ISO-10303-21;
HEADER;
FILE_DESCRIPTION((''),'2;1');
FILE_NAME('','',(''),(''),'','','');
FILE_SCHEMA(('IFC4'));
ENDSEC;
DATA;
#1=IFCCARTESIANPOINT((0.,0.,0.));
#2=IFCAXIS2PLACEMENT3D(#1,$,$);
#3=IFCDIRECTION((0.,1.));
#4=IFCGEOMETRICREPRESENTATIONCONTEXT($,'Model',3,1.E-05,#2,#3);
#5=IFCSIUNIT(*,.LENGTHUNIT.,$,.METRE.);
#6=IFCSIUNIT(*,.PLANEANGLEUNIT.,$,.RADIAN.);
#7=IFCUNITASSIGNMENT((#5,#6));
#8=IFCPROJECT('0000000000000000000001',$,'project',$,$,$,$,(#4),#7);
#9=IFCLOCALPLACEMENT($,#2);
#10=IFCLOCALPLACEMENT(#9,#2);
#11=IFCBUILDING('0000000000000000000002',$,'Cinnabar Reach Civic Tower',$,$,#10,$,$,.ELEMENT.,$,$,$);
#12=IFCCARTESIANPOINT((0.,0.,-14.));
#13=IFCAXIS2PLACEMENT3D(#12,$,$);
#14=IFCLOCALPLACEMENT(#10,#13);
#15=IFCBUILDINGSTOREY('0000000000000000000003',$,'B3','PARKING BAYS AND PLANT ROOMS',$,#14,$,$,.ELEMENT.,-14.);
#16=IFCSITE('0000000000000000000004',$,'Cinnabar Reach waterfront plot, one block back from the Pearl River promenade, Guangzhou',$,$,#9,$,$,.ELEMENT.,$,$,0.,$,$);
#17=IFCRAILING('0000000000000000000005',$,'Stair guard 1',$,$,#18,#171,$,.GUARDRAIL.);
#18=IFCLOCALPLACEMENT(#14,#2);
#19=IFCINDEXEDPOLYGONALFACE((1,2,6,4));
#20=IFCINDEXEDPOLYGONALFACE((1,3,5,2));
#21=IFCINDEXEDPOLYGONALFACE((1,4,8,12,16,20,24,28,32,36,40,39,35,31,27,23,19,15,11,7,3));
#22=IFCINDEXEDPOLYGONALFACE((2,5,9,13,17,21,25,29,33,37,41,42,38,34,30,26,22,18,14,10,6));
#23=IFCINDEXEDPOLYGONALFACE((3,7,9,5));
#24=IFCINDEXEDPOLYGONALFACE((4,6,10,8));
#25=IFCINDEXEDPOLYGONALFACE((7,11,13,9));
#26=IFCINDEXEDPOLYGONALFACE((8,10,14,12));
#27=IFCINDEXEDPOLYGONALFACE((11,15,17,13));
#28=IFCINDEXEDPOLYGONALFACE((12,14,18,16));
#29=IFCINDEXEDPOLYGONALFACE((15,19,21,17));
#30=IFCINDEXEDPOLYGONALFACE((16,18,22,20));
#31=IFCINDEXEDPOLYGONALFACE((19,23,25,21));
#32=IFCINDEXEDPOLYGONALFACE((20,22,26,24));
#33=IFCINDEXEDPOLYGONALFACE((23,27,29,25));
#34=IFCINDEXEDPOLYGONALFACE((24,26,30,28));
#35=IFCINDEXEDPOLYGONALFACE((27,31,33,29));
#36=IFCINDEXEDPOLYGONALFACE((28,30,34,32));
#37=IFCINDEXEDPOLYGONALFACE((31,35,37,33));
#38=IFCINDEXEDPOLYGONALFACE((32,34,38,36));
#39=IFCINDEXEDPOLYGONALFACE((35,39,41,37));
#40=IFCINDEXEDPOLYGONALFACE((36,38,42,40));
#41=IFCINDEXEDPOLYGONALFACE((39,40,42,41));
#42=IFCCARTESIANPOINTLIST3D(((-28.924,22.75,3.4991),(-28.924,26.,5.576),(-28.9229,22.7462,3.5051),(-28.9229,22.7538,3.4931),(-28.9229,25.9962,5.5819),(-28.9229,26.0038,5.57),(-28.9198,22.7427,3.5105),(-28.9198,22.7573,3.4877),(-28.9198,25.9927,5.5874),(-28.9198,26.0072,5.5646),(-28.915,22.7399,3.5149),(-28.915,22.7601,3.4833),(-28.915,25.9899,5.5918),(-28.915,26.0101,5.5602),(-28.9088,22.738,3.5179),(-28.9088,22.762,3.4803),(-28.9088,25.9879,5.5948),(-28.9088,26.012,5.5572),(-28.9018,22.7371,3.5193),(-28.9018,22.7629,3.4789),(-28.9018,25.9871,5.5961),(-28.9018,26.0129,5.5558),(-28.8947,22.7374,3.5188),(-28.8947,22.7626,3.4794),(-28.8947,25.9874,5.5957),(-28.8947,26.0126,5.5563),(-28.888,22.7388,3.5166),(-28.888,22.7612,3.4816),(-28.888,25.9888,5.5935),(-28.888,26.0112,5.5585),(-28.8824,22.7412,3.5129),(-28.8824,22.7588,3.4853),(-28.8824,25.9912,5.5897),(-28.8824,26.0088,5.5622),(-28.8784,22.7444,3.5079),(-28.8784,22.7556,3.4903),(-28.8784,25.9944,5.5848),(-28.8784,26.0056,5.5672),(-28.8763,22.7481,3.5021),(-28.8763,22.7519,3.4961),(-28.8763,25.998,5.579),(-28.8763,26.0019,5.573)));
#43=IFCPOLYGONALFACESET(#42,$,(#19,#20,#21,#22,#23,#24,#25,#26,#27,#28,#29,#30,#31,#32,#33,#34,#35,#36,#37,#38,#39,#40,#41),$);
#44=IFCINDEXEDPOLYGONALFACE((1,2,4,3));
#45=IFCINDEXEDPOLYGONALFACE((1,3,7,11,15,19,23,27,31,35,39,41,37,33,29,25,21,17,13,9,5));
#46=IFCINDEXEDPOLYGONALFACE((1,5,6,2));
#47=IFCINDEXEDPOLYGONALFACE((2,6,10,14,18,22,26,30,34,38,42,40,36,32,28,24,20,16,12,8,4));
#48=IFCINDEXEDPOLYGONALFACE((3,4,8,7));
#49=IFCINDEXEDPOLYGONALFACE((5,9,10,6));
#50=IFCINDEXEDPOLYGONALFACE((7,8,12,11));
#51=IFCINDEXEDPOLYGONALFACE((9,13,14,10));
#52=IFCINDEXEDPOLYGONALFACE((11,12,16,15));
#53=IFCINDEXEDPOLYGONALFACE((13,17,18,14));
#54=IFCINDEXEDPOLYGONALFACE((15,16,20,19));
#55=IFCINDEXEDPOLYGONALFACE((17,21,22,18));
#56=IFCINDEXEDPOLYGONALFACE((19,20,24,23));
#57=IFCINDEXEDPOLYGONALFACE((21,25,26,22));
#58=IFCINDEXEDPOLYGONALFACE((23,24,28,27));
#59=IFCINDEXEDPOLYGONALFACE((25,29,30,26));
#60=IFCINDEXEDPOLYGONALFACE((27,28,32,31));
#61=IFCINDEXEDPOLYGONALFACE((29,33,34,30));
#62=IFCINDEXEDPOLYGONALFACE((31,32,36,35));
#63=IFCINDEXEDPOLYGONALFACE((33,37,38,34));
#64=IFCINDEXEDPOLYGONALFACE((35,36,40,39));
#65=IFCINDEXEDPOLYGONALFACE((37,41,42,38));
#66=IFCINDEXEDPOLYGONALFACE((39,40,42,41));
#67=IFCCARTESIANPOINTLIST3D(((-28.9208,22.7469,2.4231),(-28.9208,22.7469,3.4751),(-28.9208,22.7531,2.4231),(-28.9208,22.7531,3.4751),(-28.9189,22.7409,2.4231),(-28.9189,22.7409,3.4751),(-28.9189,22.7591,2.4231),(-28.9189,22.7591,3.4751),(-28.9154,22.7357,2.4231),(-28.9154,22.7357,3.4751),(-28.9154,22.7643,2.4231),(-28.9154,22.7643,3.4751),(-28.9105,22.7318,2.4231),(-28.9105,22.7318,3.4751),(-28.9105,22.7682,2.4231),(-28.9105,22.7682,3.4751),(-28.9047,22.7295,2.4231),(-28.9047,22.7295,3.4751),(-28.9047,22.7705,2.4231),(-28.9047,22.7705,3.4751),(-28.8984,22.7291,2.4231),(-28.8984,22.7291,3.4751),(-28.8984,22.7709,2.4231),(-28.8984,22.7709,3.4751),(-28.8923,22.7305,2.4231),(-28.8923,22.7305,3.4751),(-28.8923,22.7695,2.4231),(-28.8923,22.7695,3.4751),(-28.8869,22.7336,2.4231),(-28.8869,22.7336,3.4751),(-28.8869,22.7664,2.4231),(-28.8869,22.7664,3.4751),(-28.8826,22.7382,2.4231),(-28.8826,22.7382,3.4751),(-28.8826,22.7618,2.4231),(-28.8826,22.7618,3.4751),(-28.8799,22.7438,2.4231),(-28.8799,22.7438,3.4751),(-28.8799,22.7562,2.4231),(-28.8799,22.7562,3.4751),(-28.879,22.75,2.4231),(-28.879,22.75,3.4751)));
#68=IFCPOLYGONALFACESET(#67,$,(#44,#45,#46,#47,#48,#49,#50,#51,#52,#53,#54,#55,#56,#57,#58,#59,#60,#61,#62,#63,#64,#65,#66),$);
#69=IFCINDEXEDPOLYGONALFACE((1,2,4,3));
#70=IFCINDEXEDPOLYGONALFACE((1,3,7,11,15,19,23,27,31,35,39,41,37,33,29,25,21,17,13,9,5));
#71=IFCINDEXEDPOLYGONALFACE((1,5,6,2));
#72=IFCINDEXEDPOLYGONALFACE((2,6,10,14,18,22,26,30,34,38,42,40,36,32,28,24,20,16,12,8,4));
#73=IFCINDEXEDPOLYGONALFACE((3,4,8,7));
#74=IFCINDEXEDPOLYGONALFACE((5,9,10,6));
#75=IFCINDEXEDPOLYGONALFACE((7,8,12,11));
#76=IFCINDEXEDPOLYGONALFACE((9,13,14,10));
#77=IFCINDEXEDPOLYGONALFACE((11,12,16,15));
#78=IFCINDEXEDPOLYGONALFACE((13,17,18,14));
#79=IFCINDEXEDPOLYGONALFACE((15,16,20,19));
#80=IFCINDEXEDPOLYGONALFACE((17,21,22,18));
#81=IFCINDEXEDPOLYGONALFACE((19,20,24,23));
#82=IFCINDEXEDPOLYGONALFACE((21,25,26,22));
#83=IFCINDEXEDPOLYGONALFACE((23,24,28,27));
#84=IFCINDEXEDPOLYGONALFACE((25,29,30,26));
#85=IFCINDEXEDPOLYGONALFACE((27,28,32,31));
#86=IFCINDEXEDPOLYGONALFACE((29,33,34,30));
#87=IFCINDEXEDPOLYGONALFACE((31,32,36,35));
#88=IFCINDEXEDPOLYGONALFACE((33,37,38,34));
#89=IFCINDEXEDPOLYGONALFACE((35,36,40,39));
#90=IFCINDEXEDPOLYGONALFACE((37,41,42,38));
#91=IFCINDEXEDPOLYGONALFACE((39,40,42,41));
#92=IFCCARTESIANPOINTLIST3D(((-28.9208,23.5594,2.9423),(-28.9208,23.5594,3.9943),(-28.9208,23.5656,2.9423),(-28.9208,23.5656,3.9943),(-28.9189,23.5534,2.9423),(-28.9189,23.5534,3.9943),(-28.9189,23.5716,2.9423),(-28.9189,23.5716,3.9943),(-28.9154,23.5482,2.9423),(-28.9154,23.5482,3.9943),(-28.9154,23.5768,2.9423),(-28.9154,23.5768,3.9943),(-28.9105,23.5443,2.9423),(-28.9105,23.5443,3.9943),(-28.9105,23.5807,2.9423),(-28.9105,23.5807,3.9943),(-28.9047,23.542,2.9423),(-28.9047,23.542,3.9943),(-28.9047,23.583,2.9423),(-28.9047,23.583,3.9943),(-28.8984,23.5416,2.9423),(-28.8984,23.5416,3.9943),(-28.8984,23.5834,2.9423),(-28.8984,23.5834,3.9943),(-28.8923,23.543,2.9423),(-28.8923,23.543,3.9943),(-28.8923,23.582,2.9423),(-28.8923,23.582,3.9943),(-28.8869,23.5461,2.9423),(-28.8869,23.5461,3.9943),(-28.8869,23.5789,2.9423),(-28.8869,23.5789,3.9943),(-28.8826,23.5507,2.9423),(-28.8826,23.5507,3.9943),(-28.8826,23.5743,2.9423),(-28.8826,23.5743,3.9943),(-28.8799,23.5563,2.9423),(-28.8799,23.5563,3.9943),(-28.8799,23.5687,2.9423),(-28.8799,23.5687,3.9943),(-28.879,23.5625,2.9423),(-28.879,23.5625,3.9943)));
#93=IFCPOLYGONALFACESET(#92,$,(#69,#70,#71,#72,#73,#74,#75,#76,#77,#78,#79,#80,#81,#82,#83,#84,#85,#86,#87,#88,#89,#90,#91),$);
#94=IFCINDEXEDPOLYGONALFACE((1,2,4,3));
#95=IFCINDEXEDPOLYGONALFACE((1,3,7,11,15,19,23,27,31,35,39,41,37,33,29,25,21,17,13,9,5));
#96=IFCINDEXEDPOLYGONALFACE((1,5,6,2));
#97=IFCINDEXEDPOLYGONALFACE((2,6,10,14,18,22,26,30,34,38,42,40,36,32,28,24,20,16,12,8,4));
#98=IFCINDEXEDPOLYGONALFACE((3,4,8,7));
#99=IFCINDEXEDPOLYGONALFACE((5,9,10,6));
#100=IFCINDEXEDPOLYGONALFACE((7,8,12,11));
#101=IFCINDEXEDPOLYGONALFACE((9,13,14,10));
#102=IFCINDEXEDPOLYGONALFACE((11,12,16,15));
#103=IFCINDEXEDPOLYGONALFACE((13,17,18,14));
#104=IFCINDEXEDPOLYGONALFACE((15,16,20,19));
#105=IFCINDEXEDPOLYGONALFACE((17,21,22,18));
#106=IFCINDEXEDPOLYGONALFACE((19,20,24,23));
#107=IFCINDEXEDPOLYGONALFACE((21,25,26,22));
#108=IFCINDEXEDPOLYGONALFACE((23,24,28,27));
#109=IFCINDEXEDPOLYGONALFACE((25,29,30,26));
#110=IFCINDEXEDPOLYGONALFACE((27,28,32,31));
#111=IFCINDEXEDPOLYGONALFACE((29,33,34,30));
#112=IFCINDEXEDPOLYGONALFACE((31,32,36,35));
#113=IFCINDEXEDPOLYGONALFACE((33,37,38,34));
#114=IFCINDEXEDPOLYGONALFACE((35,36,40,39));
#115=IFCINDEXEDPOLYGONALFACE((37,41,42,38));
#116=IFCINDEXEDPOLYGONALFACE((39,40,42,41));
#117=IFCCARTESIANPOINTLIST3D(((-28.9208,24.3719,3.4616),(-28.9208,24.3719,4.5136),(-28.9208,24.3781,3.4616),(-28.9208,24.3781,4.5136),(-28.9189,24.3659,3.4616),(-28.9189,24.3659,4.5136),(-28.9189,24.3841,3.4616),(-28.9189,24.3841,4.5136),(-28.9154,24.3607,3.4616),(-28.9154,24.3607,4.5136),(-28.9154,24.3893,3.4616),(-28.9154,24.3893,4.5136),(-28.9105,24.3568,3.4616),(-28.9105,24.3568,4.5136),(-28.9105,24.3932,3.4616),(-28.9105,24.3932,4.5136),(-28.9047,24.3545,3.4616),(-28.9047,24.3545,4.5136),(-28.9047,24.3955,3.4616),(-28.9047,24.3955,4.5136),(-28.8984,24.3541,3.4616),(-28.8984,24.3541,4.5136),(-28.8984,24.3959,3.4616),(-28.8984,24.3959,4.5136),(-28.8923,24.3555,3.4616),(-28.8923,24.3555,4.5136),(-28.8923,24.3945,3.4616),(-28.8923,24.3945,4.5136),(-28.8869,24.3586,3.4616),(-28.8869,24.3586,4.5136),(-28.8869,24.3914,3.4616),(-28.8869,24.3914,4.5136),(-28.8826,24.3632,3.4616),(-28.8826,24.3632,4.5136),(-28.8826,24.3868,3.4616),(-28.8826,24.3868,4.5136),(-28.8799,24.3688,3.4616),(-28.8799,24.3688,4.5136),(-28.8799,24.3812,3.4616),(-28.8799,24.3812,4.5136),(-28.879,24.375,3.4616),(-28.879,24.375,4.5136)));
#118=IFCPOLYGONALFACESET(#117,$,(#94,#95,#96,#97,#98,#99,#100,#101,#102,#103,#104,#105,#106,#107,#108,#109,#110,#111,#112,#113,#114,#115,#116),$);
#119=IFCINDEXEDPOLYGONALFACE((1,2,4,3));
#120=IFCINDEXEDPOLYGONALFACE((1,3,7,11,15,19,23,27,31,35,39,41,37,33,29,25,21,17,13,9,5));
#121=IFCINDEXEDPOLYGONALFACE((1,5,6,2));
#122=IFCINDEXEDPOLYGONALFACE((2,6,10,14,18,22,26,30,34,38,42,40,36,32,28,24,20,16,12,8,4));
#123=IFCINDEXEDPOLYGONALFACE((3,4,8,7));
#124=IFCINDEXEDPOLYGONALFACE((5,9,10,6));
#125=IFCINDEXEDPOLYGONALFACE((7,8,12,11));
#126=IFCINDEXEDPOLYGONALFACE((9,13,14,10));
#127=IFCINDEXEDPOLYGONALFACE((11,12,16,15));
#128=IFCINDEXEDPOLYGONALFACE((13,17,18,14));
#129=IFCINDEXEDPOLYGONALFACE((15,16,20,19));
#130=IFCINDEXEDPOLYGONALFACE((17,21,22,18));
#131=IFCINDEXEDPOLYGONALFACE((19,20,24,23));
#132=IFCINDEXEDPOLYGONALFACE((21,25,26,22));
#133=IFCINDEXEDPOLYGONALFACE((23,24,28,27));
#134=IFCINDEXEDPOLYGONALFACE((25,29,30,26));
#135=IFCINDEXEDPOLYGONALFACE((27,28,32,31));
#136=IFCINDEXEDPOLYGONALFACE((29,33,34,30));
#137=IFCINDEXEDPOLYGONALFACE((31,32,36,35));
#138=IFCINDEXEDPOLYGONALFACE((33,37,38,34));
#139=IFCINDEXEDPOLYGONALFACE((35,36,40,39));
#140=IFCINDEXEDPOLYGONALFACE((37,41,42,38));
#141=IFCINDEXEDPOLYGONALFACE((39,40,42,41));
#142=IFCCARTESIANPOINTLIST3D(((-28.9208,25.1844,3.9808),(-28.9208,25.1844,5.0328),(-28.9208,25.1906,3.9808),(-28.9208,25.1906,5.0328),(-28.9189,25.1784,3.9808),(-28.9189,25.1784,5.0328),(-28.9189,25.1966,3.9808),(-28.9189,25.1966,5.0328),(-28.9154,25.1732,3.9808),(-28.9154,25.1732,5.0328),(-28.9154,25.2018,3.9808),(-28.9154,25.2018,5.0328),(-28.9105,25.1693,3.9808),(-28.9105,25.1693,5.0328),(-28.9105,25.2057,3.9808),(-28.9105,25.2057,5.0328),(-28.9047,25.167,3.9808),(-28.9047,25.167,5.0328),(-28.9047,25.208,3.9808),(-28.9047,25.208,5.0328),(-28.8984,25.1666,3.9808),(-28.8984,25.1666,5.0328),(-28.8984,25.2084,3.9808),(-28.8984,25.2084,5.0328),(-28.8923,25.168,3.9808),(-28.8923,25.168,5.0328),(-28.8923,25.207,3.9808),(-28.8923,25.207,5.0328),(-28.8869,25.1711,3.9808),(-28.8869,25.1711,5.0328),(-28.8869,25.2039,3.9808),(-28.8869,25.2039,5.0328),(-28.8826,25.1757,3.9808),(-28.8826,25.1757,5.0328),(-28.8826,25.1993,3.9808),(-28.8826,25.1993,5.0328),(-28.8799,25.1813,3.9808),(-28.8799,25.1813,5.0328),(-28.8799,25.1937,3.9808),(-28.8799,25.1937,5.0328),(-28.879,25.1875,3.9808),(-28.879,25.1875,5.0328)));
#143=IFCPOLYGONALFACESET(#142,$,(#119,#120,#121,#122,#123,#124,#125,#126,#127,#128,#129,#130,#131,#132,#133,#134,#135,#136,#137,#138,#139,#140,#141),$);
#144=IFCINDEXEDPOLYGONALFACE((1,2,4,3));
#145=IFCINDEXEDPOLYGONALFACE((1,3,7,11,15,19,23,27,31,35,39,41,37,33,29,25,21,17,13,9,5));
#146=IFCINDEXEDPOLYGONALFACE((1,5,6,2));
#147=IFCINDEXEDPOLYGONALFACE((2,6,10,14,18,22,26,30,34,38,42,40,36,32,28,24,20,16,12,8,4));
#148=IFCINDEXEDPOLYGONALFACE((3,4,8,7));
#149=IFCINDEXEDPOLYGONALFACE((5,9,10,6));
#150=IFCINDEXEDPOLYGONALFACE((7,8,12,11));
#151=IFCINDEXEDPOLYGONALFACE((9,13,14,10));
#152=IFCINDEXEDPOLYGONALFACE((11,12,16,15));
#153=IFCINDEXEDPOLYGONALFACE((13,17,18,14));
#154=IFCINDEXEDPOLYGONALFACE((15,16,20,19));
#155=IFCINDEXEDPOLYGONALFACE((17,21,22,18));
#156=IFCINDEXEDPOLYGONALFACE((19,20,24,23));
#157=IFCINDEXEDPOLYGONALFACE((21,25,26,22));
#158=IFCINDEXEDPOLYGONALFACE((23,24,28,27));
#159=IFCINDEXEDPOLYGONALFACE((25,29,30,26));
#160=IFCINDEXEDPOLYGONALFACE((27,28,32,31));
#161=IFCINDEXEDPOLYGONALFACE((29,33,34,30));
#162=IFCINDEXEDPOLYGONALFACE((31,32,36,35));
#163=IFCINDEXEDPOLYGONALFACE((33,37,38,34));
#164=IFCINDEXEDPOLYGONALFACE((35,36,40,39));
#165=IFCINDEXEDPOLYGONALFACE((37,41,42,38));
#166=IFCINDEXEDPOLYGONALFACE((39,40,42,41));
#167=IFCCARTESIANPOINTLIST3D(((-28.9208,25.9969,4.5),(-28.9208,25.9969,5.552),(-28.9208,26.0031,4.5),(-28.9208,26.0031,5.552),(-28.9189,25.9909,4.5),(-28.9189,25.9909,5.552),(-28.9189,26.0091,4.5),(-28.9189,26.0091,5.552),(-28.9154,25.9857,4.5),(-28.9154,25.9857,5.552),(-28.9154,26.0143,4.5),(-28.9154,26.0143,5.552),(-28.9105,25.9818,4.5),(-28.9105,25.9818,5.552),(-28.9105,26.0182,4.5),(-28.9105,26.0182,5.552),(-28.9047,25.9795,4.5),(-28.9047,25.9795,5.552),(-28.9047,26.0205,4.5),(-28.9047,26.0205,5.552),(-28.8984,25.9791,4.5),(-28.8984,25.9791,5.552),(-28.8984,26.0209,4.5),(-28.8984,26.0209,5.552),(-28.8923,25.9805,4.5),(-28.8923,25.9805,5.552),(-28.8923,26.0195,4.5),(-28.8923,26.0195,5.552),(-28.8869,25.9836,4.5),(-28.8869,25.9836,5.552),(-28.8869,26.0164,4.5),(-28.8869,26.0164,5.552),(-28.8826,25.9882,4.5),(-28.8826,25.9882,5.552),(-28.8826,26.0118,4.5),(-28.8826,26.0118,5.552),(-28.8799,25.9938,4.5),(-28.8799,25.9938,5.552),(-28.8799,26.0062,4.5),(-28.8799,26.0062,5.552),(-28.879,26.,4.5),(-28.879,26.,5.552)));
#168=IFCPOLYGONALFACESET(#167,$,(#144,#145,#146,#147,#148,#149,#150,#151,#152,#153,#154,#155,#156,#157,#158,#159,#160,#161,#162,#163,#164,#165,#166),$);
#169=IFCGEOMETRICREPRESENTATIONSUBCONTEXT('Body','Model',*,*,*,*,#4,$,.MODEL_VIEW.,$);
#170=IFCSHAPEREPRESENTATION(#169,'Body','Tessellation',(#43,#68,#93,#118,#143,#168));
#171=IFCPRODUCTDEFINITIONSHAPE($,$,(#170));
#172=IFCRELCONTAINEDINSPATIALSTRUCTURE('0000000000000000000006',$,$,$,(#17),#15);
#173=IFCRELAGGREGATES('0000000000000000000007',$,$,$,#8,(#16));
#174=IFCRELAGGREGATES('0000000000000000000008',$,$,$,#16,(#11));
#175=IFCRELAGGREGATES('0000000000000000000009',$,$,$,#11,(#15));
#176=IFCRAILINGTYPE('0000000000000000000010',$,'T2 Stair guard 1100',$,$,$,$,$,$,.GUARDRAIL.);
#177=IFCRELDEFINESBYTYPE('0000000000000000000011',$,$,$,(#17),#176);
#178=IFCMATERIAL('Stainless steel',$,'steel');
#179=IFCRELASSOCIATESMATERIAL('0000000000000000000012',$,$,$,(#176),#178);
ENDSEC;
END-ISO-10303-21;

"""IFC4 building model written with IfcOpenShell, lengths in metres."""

from ifc_helpers import new_model, si_unit, direction, frame, origin, origin_2d, place, context, subcontext, project, spatial, circle, extrude, material, type_object, element, save


model = new_model("IFC4")

# Units and contexts
model_context = context("Model", 3, precision=1e-05, world=origin(), true_north=direction((0.0, 1.0)))
body_context = subcontext(model_context, "Body", "Model", "MODEL_VIEW")
ifc_project = project(units=[si_unit("LENGTHUNIT", "METRE"), si_unit("PLANEANGLEUNIT", "RADIAN")], contexts=[model_context])

# Site, building, storey
site_placement = place(None, origin())
site = spatial("IfcSite", under=ifc_project, at=site_placement, Name="Cinnabar Reach waterfront plot, one block back from the Pearl River promenade, Guangzhou", CompositionType="ELEMENT", RefElevation=0.0)
building_placement = place(site_placement, origin())
building = spatial("IfcBuilding", under=site, at=building_placement, Name="Cinnabar Reach Civic Tower", CompositionType="ELEMENT")
storey_placement = place(building_placement, frame((0.0, 0.0, -14.0)))
storey = spatial("IfcBuildingStorey", under=building, at=storey_placement, Name="B3", Description="PARKING BAYS AND PLANT ROOMS", CompositionType="ELEMENT", Elevation=-14.0)

# Railing
ifc_material_1 = material(Name="Stainless steel", Category="steel")
railing_type = type_object("IfcRailingType", Name="T2 Stair guard 1100", PredefinedType="GUARDRAIL", material=ifc_material_1)
railing_placement = place(storey_placement, frame((-28.9, 22.75, 2.4231)))
element("IfcRailing", 1, at=railing_placement, inside=storey, type_object=railing_type, Name="Stair guard 1", PredefinedType="GUARDRAIL", context=body_context, shape_type="SweptSolid", body=[
    extrude(circle(Radius=0.024, at=origin_2d()), frame((0.0, 0.0, 1.076), z_axis=(0.0, 0.842636, 0.538483), x_axis=(-1.0, 0.0, 0.0)), (0.0, 0.0, 1.0), 3.8569),
    extrude(circle(Radius=0.021, at=origin_2d()), origin(), (0.0, 0.0, 1.0), 1.052),
    extrude(circle(Radius=0.021, at=origin_2d()), frame((0.0, 0.8125, 0.5192)), (0.0, 0.0, 1.0), 1.052),
    extrude(circle(Radius=0.021, at=origin_2d()), frame((0.0, 1.625, 1.0385)), (0.0, 0.0, 1.0), 1.052),
    extrude(circle(Radius=0.021, at=origin_2d()), frame((0.0, 2.4375, 1.5577)), (0.0, 0.0, 1.0), 1.052),
    extrude(circle(Radius=0.021, at=origin_2d()), frame((0.0, 3.25, 2.0769)), (0.0, 0.0, 1.0), 1.052),
])

save(model, "model.ifc")
